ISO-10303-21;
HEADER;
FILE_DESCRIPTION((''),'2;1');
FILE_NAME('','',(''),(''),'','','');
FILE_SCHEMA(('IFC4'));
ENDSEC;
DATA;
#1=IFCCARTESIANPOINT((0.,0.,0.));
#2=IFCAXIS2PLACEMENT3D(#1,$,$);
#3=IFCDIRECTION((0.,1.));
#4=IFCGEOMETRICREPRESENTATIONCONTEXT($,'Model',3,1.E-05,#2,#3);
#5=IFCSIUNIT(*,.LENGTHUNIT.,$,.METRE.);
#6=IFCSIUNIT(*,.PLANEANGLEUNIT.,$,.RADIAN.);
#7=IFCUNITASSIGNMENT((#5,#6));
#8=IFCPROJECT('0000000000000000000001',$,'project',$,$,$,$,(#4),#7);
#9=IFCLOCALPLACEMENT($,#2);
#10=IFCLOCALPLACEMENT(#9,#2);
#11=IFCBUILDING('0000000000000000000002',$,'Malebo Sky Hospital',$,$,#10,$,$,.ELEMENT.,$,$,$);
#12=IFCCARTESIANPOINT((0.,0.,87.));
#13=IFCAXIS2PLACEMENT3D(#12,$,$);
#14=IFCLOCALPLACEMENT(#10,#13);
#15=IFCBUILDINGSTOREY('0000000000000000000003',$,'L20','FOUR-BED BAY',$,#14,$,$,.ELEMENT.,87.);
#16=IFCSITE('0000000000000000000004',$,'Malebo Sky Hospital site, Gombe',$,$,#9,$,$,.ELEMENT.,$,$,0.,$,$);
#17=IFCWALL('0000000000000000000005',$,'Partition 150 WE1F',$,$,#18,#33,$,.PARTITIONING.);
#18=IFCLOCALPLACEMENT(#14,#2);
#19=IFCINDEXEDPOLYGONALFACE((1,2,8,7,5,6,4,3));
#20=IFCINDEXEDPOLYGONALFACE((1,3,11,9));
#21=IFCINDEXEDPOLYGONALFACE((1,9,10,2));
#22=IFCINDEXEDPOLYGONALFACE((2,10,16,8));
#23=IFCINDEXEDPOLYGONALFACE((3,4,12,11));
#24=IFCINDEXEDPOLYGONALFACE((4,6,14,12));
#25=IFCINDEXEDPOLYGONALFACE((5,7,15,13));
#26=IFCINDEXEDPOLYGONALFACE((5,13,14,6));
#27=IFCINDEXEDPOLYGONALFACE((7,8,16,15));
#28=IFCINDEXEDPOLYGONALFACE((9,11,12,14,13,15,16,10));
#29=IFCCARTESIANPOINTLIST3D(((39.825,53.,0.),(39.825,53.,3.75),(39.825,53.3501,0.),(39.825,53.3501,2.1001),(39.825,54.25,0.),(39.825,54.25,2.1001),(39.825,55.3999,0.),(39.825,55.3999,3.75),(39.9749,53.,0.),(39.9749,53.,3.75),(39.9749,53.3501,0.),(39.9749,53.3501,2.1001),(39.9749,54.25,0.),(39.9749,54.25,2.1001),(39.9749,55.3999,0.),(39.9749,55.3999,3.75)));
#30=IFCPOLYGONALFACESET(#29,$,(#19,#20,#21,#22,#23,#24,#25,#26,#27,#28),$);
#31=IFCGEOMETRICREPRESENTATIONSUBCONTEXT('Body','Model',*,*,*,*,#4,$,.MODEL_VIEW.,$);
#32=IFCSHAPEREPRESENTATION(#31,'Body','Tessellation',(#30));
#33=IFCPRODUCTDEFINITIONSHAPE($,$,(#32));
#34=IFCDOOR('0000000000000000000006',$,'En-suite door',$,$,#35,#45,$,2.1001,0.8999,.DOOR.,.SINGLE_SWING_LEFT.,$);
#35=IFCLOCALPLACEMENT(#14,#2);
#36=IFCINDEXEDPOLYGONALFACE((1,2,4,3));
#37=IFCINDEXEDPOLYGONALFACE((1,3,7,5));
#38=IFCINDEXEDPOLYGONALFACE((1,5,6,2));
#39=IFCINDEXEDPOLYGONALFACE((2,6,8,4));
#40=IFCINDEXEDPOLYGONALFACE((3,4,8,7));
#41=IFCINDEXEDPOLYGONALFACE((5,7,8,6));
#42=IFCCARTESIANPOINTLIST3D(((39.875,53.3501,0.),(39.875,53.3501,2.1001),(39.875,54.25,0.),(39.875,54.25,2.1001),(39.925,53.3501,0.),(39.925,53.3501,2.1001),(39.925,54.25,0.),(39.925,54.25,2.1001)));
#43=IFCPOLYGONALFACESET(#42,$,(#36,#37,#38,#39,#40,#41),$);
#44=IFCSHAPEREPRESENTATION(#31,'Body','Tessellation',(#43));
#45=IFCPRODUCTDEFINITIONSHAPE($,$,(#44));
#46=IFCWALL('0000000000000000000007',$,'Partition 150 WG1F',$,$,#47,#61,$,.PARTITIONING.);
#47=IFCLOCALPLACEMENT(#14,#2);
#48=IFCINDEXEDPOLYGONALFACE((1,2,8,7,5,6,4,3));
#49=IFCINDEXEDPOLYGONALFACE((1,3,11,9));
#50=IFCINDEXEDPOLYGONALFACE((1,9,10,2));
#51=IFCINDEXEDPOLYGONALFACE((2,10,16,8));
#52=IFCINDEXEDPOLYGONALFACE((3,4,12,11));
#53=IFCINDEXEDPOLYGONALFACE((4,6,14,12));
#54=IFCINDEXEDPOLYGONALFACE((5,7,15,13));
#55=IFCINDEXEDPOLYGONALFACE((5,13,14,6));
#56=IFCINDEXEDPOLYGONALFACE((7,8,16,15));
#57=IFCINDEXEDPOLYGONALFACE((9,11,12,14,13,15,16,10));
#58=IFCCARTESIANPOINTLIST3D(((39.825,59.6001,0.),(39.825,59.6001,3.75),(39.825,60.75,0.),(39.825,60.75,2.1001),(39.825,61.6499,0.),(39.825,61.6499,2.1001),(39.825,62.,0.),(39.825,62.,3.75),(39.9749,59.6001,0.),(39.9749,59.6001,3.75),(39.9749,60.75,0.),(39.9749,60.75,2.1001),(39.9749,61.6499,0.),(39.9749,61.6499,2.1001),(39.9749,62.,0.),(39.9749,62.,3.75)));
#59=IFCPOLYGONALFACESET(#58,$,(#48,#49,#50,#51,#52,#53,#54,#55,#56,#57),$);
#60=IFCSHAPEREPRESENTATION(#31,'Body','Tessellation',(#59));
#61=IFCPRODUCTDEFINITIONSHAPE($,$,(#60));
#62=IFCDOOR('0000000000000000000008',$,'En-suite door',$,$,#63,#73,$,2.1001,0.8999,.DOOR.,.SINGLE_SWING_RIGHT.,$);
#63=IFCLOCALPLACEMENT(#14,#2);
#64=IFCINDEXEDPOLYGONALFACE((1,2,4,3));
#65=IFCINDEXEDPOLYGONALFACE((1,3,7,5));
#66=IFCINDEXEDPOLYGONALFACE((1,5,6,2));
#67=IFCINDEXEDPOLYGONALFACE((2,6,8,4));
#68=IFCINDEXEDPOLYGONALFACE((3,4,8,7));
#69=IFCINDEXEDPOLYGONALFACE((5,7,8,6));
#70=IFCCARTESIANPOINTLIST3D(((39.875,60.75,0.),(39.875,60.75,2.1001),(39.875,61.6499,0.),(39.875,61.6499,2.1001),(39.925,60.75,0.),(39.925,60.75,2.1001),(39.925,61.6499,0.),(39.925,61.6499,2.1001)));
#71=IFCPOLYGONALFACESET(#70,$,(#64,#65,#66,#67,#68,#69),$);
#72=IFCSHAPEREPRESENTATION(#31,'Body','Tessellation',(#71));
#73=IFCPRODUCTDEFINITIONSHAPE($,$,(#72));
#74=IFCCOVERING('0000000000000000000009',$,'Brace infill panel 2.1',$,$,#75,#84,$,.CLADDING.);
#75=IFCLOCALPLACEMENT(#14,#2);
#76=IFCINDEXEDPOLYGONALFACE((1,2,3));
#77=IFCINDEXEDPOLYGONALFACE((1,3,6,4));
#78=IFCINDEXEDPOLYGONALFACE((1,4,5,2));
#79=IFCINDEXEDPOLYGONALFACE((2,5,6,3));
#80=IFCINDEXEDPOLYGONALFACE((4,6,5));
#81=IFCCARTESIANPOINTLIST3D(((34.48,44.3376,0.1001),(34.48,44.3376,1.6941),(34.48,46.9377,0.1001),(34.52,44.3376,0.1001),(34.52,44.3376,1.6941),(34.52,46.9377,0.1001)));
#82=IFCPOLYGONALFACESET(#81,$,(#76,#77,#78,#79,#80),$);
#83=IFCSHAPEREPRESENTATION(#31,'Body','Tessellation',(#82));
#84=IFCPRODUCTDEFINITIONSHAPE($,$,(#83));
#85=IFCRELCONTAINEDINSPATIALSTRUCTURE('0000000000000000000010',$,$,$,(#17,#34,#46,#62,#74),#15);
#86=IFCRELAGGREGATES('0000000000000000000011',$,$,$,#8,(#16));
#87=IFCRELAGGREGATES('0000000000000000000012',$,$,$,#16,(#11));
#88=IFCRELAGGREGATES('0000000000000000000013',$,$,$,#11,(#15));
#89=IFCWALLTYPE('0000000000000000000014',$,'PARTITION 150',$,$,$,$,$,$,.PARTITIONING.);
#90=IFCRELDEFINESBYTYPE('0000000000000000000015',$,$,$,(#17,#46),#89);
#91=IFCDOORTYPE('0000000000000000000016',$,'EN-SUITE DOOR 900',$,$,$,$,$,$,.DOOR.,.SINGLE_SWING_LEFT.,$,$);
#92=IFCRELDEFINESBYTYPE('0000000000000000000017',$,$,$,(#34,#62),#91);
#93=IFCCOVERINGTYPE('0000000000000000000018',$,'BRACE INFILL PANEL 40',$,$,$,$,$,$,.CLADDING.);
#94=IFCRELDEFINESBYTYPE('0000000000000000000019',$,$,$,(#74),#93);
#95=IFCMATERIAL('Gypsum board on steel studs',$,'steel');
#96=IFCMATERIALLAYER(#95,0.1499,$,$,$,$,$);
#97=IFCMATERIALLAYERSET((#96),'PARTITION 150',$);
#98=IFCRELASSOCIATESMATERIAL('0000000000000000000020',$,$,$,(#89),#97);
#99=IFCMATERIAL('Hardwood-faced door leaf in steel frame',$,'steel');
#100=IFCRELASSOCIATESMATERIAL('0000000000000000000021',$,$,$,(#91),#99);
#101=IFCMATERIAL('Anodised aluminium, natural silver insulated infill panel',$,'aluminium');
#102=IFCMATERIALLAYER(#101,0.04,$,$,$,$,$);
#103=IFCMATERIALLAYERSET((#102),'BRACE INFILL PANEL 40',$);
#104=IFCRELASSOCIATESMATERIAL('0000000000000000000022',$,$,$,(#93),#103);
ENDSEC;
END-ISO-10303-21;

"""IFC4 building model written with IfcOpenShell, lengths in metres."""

from ifc_helpers import new_model, si_unit, direction, frame, frame_2d, origin, place, context, subcontext, project, spatial, polyline, rectangle, outline, extrude, material, layer, layer_set, type_object, element, fill, save


model = new_model("IFC4")

# Units and contexts
model_context = context("Model", 3, precision=1e-05, world=origin(), true_north=direction((0.0, 1.0)))
body_context = subcontext(model_context, "Body", "Model", "MODEL_VIEW")
ifc_project = project(units=[si_unit("LENGTHUNIT", "METRE"), si_unit("PLANEANGLEUNIT", "RADIAN")], contexts=[model_context])

# Site, building, storey
site_placement = place(None, origin())
site = spatial("IfcSite", under=ifc_project, at=site_placement, Name="Malebo Sky Hospital site, Gombe", CompositionType="ELEMENT", RefElevation=0.0)
building_placement = place(site_placement, origin())
building = spatial("IfcBuilding", under=site, at=building_placement, Name="Malebo Sky Hospital", CompositionType="ELEMENT")
storey_placement = place(building_placement, frame((0.0, 0.0, 87.0)))
storey = spatial("IfcBuildingStorey", under=building, at=storey_placement, Name="L20", Description="FOUR-BED BAY", CompositionType="ELEMENT", Elevation=87.0)

# Walls, openings, doors
ifc_material_1 = material(Name="Gypsum board on steel studs", Category="steel")
ifc_layer_1 = layer(ifc_material_1, 0.1499)
ifc_layer_set_1 = layer_set([ifc_layer_1], Name="PARTITION 150")
wall_type = type_object("IfcWallType", Name="PARTITION 150", PredefinedType="PARTITIONING", material=ifc_layer_set_1)
ifc_material_2 = material(Name="Hardwood-faced door leaf in steel frame", Category="steel")
door_type = type_object("IfcDoorType", Name="EN-SUITE DOOR 900", OperationType="SINGLE_SWING_LEFT", PredefinedType="DOOR", material=ifc_material_2)
wall_1_placement = place(storey_placement, frame((39.8999, 53.0, 0.0), z_axis=(0.0, 0.0, 1.0), x_axis=(0.0, 1.0, 0.0)))
wall_1 = element("IfcWall", 1, at=wall_1_placement, inside=storey, type_object=wall_type, Name="Partition 150 WE1F", PredefinedType="PARTITIONING", context=body_context, shape_type="SweptSolid", body=[
    extrude(rectangle(XDim=2.3999, YDim=0.1499, at=frame_2d((1.2, 0.0))), origin(), (0.0, 0.0, 1.0), 3.75),
])
opening_1_placement = place(wall_1_placement, frame((0.3501, 0.0, 0.0)))
opening_1 = element("IfcOpeningElement", 2, at=opening_1_placement, cuts=wall_1, PredefinedType="OPENING", context=body_context, shape_type="SweptSolid", body=[
    extrude(rectangle(XDim=0.8999, YDim=2.1001, at=frame_2d((0.45, 1.05))), frame((0.0, 0.085, 0.0), z_axis=(0.0, -1.0, 0.0), x_axis=(1.0, 0.0, 0.0)), (0.0, 0.0, 1.0), 0.1699),
])
door_1_placement = place(opening_1_placement, origin())
door_1 = element("IfcDoor", 3, at=door_1_placement, inside=storey, type_object=door_type, Name="En-suite door", OperationType="SINGLE_SWING_LEFT", OverallHeight=2.1001, OverallWidth=0.8999, PredefinedType="DOOR", context=body_context, shape_type="SweptSolid", body=[
    extrude(rectangle(XDim=0.8999, YDim=2.1001, at=frame_2d((0.45, 1.05))), frame((0.0, 0.0249, 0.0), z_axis=(0.0, -1.0, 0.0), x_axis=(1.0, 0.0, 0.0)), (0.0, 0.0, 1.0), 0.05),
])
fill(opening_1, door_1)
wall_2_placement = place(storey_placement, frame((39.8999, 59.6001, 0.0), z_axis=(0.0, 0.0, 1.0), x_axis=(0.0, 1.0, 0.0)))
wall_2 = element("IfcWall", 4, at=wall_2_placement, inside=storey, type_object=wall_type, Name="Partition 150 WG1F", PredefinedType="PARTITIONING", context=body_context, shape_type="SweptSolid", body=[
    extrude(rectangle(XDim=2.3999, YDim=0.1499, at=frame_2d((1.2, 0.0))), origin(), (0.0, 0.0, 1.0), 3.75),
])
opening_2_placement = place(wall_2_placement, frame((1.1499, 0.0, 0.0)))
opening_2 = element("IfcOpeningElement", 5, at=opening_2_placement, cuts=wall_2, PredefinedType="OPENING", context=body_context, shape_type="SweptSolid", body=[
    extrude(rectangle(XDim=0.8999, YDim=2.1001, at=frame_2d((0.45, 1.05))), frame((0.0, 0.085, 0.0), z_axis=(0.0, -1.0, 0.0), x_axis=(1.0, 0.0, 0.0)), (0.0, 0.0, 1.0), 0.1699),
])
door_2_placement = place(opening_2_placement, origin())
door_2 = element("IfcDoor", 6, at=door_2_placement, inside=storey, type_object=door_type, Name="En-suite door", OperationType="SINGLE_SWING_RIGHT", OverallHeight=2.1001, OverallWidth=0.8999, PredefinedType="DOOR", context=body_context, shape_type="SweptSolid", body=[
    extrude(rectangle(XDim=0.8999, YDim=2.1001, at=frame_2d((0.45, 1.05))), frame((0.0, 0.0249, 0.0), z_axis=(0.0, -1.0, 0.0), x_axis=(1.0, 0.0, 0.0)), (0.0, 0.0, 1.0), 0.05),
])
fill(opening_2, door_2)

# Covering
ifc_material_3 = material(Name="Anodised aluminium, natural silver insulated infill panel", Category="aluminium")
ifc_layer_2 = layer(ifc_material_3, 0.04)
ifc_layer_set_2 = layer_set([ifc_layer_2], Name="BRACE INFILL PANEL 40")
covering_type = type_object("IfcCoveringType", Name="BRACE INFILL PANEL 40", PredefinedType="CLADDING", material=ifc_layer_set_2)
covering_placement = place(storey_placement, frame((34.5, 45.6377, 0.1001), z_axis=(0.0, 0.0, 1.0), x_axis=(0.0, 1.0, 0.0)))
element("IfcCovering", 7, at=covering_placement, inside=storey, type_object=covering_type, Name="Brace infill panel 2.1", PredefinedType="CLADDING", context=body_context, shape_type="SweptSolid", body=[
    extrude(outline(polyline([(-1.3, 0.0), (1.3, 0.0), (-1.3, 1.594), (-1.3, 0.0)])), frame((0.0, 0.02, 0.0), z_axis=(0.0, -1.0, 0.0), x_axis=(1.0, 0.0, 0.0)), (0.0, 0.0, 1.0), 0.04),
])

save(model, "model.ifc")
